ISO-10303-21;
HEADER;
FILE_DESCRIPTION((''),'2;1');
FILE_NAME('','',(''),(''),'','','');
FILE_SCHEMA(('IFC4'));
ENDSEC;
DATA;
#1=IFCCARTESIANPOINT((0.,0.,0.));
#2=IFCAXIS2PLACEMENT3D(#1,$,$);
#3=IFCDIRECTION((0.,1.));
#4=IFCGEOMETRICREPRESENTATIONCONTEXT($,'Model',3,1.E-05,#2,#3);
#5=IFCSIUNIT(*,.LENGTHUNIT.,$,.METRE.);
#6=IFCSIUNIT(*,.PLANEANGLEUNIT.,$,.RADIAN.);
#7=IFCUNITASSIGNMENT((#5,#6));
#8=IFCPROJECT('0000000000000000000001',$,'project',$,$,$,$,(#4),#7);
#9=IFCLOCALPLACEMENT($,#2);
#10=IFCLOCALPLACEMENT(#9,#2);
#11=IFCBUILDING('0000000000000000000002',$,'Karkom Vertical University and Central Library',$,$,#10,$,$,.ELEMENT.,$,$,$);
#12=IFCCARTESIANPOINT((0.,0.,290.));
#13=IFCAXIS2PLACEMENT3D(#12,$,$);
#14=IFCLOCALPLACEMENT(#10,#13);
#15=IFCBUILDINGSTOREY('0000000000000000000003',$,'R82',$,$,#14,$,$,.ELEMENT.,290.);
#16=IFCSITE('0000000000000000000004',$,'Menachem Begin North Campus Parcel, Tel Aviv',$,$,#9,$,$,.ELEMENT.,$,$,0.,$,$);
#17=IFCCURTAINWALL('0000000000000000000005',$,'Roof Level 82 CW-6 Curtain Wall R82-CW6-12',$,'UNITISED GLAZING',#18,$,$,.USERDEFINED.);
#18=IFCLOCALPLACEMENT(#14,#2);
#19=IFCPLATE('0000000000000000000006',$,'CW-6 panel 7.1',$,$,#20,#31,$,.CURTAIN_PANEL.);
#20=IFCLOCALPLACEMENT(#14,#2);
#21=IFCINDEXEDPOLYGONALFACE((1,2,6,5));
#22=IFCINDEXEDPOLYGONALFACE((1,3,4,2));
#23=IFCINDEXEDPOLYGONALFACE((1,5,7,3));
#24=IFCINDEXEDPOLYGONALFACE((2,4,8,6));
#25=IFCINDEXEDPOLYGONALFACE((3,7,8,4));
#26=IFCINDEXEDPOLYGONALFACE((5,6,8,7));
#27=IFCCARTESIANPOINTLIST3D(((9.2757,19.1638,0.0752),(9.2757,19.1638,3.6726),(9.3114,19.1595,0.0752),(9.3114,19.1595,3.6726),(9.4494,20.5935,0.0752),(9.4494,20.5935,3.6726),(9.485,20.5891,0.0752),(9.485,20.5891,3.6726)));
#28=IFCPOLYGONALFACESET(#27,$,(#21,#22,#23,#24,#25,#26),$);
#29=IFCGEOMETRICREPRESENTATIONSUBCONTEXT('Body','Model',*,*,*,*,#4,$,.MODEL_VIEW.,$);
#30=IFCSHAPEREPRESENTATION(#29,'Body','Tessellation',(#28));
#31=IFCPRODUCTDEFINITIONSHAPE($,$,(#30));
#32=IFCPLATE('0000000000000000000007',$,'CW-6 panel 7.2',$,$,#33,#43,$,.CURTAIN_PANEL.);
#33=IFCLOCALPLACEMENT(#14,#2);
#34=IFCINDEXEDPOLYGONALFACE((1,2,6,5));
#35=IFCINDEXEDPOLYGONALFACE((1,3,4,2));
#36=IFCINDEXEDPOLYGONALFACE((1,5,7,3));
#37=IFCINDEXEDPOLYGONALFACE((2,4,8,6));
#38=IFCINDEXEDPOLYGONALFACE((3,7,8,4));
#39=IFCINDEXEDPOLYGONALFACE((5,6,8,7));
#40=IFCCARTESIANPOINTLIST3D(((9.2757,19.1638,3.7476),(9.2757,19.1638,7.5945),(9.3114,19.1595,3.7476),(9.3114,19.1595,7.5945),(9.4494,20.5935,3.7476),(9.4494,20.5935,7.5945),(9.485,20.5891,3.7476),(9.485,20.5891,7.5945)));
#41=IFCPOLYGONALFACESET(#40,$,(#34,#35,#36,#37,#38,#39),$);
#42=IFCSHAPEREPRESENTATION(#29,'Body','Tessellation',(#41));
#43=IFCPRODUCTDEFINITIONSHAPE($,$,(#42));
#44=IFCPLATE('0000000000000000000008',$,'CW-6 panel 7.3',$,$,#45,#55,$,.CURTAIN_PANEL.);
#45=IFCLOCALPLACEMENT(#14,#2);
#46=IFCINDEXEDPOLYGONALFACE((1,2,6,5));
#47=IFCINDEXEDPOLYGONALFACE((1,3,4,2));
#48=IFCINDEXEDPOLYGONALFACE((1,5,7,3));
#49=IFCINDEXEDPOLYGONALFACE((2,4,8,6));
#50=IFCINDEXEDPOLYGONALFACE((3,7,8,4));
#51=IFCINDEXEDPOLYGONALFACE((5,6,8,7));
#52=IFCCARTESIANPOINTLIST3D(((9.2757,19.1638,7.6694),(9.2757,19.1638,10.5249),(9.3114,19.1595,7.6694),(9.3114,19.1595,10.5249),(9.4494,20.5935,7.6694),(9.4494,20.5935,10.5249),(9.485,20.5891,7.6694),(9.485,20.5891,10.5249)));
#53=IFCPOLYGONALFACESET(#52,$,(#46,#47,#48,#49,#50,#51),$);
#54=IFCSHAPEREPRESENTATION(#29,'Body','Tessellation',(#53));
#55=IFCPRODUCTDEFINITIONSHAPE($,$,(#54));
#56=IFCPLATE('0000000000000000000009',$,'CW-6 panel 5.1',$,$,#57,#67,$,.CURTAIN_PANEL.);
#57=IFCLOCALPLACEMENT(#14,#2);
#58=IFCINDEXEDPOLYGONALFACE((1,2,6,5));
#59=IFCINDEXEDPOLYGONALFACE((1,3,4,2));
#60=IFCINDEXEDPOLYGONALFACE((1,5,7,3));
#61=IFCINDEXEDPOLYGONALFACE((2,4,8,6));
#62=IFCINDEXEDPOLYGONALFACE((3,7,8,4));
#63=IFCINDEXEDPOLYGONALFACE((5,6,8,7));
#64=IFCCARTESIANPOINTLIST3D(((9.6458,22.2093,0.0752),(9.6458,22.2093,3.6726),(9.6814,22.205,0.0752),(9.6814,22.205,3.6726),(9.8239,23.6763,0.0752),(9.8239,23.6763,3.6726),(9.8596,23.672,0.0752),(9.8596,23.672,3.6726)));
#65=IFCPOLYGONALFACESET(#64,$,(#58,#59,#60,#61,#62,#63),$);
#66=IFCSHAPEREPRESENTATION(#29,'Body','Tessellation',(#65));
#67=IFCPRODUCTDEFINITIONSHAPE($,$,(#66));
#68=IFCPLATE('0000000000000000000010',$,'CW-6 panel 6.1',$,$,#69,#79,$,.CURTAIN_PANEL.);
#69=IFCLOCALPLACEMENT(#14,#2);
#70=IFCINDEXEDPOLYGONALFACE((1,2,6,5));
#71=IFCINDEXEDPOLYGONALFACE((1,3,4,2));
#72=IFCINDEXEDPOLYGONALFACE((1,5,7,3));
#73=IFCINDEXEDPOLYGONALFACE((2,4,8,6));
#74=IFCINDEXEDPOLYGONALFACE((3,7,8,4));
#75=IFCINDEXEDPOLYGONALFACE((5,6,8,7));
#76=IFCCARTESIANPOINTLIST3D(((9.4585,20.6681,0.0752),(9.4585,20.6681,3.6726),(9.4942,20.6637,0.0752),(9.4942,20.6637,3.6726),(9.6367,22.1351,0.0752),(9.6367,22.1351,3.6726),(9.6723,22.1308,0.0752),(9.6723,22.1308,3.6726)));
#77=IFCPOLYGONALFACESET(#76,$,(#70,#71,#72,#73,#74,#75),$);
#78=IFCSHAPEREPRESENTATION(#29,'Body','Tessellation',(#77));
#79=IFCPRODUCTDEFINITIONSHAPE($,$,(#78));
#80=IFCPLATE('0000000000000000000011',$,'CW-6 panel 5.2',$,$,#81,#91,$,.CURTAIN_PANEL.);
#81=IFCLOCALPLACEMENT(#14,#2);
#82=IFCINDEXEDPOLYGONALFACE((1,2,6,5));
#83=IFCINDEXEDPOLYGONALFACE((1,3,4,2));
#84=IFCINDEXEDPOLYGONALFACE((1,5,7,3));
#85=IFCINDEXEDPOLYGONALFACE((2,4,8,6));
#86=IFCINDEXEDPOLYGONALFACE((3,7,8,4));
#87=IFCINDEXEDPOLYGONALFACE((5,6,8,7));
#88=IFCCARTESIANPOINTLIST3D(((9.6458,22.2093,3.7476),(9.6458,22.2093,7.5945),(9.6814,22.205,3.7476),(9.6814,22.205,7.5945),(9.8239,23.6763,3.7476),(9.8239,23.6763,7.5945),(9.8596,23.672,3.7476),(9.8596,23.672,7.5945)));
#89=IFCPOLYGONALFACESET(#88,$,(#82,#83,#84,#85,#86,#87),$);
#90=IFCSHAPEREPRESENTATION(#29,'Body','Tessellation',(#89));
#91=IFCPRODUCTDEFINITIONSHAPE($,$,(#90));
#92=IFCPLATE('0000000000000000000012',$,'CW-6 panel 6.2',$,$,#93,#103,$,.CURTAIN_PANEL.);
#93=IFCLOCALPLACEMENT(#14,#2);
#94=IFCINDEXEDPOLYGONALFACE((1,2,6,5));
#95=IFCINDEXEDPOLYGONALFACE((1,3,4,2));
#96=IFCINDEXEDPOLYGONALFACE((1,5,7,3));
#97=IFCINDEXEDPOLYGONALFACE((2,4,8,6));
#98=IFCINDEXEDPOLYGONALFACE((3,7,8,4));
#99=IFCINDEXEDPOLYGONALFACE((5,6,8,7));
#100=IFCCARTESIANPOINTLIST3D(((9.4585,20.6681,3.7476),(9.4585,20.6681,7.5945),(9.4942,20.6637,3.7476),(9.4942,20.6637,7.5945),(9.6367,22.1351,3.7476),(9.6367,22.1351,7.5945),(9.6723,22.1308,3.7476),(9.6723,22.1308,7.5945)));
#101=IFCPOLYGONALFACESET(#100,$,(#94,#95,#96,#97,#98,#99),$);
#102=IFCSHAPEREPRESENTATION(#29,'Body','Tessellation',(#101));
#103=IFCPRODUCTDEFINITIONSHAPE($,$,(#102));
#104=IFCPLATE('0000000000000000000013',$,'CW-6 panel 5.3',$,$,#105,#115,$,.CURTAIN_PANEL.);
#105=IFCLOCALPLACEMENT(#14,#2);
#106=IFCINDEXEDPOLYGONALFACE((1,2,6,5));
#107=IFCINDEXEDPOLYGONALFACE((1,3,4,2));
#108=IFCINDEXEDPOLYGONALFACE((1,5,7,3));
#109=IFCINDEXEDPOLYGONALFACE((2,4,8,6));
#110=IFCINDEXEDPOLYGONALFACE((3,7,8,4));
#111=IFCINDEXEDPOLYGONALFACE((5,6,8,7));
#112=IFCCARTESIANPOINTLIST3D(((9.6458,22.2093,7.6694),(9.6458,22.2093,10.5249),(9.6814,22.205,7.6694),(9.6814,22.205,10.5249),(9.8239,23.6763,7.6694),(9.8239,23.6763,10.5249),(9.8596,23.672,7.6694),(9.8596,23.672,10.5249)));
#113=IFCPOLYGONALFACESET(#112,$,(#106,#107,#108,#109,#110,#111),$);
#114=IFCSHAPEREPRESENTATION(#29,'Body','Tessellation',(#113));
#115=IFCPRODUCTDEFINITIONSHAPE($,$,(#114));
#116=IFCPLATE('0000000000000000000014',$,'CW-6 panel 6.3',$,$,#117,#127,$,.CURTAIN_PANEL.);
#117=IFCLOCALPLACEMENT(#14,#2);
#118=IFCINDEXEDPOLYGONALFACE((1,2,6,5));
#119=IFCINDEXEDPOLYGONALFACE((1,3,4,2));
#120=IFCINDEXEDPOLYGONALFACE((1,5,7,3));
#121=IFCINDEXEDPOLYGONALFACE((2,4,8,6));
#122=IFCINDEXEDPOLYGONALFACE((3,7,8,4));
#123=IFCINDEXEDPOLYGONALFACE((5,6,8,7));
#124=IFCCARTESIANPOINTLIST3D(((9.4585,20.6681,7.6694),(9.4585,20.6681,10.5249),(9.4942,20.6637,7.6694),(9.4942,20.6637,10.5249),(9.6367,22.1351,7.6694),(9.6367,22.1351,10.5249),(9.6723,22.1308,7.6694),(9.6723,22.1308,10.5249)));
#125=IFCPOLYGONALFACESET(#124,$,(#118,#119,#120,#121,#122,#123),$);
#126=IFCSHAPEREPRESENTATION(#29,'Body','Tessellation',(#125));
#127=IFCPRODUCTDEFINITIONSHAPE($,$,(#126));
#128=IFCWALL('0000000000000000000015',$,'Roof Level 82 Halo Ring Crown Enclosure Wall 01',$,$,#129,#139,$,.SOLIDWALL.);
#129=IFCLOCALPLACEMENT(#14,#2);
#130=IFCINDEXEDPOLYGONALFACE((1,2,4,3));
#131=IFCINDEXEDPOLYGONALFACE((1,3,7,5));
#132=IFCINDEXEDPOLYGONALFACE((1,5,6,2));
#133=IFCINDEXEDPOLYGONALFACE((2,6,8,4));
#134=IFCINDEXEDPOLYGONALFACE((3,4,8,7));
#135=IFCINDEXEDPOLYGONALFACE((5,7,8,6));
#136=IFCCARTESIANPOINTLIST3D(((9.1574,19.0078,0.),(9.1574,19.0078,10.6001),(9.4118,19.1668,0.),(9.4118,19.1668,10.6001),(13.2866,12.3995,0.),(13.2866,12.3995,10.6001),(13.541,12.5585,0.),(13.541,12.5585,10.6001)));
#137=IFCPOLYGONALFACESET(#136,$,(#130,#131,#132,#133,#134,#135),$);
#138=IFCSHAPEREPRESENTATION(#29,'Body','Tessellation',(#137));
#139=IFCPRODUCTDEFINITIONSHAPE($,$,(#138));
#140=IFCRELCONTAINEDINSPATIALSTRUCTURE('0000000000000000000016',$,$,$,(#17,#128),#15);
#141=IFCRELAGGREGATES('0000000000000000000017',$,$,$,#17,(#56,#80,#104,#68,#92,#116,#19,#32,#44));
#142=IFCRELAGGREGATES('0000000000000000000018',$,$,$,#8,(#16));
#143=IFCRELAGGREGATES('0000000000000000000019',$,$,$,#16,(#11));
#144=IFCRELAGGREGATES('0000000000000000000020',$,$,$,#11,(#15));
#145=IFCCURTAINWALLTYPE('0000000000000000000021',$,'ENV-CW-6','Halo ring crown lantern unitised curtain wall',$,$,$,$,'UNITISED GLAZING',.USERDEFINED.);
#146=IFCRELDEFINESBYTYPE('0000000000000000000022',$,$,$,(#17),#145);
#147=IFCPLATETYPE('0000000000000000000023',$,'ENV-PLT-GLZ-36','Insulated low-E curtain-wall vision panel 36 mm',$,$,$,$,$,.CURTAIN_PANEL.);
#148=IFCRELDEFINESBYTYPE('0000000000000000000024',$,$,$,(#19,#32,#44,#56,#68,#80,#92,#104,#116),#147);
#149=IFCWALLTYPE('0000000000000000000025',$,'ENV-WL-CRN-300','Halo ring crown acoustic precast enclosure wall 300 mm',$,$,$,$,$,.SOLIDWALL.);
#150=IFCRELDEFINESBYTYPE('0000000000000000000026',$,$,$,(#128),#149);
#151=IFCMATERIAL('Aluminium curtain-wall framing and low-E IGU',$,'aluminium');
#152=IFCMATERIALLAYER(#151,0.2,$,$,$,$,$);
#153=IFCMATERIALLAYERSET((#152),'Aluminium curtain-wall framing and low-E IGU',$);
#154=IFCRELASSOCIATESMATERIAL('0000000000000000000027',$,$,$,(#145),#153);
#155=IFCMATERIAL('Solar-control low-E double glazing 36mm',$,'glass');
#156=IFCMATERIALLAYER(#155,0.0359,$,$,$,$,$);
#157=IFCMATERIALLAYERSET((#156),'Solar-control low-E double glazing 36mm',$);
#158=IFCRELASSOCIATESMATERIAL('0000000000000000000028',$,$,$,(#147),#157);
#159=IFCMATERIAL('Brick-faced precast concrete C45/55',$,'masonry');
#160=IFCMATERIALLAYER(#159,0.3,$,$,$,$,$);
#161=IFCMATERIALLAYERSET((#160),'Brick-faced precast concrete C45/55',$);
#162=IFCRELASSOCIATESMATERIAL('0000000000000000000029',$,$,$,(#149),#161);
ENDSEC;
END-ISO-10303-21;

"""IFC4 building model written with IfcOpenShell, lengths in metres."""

from ifc_helpers import new_model, si_unit, direction, frame, frame_2d, origin, origin_with_axes, origin_2d, place, context, subcontext, project, spatial, rectangle, extrude, source, transform, mapped, material, layer, layer_set, type_object, element, aggregate, save


model = new_model("IFC4")

# Units and contexts
model_context = context("Model", 3, precision=1e-05, world=origin(), true_north=direction((0.0, 1.0)))
body_context = subcontext(model_context, "Body", "Model", "MODEL_VIEW")
ifc_project = project(units=[si_unit("LENGTHUNIT", "METRE"), si_unit("PLANEANGLEUNIT", "RADIAN")], contexts=[model_context])

# Site, building, storey
site_placement = place(None, origin())
site = spatial("IfcSite", under=ifc_project, at=site_placement, Name="Menachem Begin North Campus Parcel, Tel Aviv", CompositionType="ELEMENT", RefElevation=0.0)
building_placement = place(site_placement, origin())
building = spatial("IfcBuilding", under=site, at=building_placement, Name="Karkom Vertical University and Central Library", CompositionType="ELEMENT")
storey_placement = place(building_placement, frame((0.0, 0.0, 290.0)))
storey = spatial("IfcBuildingStorey", under=building, at=storey_placement, Name="R82", CompositionType="ELEMENT", Elevation=290.0)

# Curtain wall, plates
ifc_material_1 = material(Name="Aluminium curtain-wall framing and low-E IGU", Category="aluminium")
ifc_layer_1 = layer(ifc_material_1, 0.2)
ifc_layer_set_1 = layer_set([ifc_layer_1], Name="Aluminium curtain-wall framing and low-E IGU")
curtain_wall_type = type_object("IfcCurtainWallType", Name="ENV-CW-6", Description="Halo ring crown lantern unitised curtain wall", ElementType="UNITISED GLAZING", PredefinedType="USERDEFINED", material=ifc_layer_set_1)
curtain_wall_placement = place(storey_placement, origin())
curtain_wall = element("IfcCurtainWall", 1, at=curtain_wall_placement, inside=storey, type_object=curtain_wall_type, Name="Roof Level 82 CW-6 Curtain Wall R82-CW6-12", ObjectType="UNITISED GLAZING", PredefinedType="USERDEFINED")
ifc_material_2 = material(Name="Solar-control low-E double glazing 36mm", Category="glass")
ifc_layer_2 = layer(ifc_material_2, 0.0359)
ifc_layer_set_2 = layer_set([ifc_layer_2], Name="Solar-control low-E double glazing 36mm")
plate_type = type_object("IfcPlateType", Name="ENV-PLT-GLZ-36", Description="Insulated low-E curtain-wall vision panel 36 mm", PredefinedType="CURTAIN_PANEL", material=ifc_layer_set_2)
shared_shape_1 = source(origin_with_axes(), body_context, "Body", "SweptSolid", [
    extrude(rectangle(XDim=1.4402, YDim=0.0359, at=origin_2d()), origin(), (0.0, 0.0, 1.0), 3.5974),
])
plate_1_placement = place(storey_placement, frame((9.3804, 19.8765, 0.0752), z_axis=(0.0, 0.0, 1.0), x_axis=(-0.120553, -0.992707, 0.0)))
plate_1 = element("IfcPlate", 2, at=plate_1_placement, type_object=plate_type, Name="CW-6 panel 7.1", PredefinedType="CURTAIN_PANEL", context=body_context, shape_type="MappedRepresentation", body=[
    mapped(shared_shape_1, transform((0.0, 0.0, 0.0), scale=1.0)),
])
shared_shape_2 = source(origin_with_axes(), body_context, "Body", "SweptSolid", [
    extrude(rectangle(XDim=1.4402, YDim=0.0359, at=origin_2d()), origin(), (0.0, 0.0, 1.0), 3.8469),
])
plate_2_placement = place(storey_placement, frame((9.3804, 19.8765, 3.7476), z_axis=(0.0, 0.0, 1.0), x_axis=(-0.120553, -0.992707, 0.0)))
plate_2 = element("IfcPlate", 3, at=plate_2_placement, type_object=plate_type, Name="CW-6 panel 7.2", PredefinedType="CURTAIN_PANEL", context=body_context, shape_type="MappedRepresentation", body=[
    mapped(shared_shape_2, transform((0.0, 0.0, 0.0), scale=1.0)),
])
shared_shape_3 = source(origin_with_axes(), body_context, "Body", "SweptSolid", [
    extrude(rectangle(XDim=1.4402, YDim=0.0359, at=origin_2d()), origin(), (0.0, 0.0, 1.0), 2.8555),
])
plate_3_placement = place(storey_placement, frame((9.3804, 19.8765, 7.6694), z_axis=(0.0, 0.0, 1.0), x_axis=(-0.120553, -0.992707, 0.0)))
plate_3 = element("IfcPlate", 4, at=plate_3_placement, type_object=plate_type, Name="CW-6 panel 7.3", PredefinedType="CURTAIN_PANEL", context=body_context, shape_type="MappedRepresentation", body=[
    mapped(shared_shape_3, transform((0.0, 0.0, 0.0), scale=1.0)),
])
shared_shape_4 = source(origin_with_axes(), body_context, "Body", "SweptSolid", [
    extrude(rectangle(XDim=1.4778, YDim=0.0359, at=origin_2d()), origin(), (0.0, 0.0, 1.0), 3.5974),
])
plate_4_placement = place(storey_placement, frame((9.7527, 22.9407, 0.0752), z_axis=(0.0, 0.0, 1.0), x_axis=(-0.120553, -0.992707, 0.0)))
plate_4 = element("IfcPlate", 5, at=plate_4_placement, type_object=plate_type, Name="CW-6 panel 5.1", PredefinedType="CURTAIN_PANEL", context=body_context, shape_type="MappedRepresentation", body=[
    mapped(shared_shape_4, transform((0.0, 0.0, 0.0), scale=1.0)),
])
plate_5_placement = place(storey_placement, frame((9.5654, 21.3994, 0.0752), z_axis=(0.0, 0.0, 1.0), x_axis=(-0.120553, -0.992707, 0.0)))
plate_5 = element("IfcPlate", 6, at=plate_5_placement, type_object=plate_type, Name="CW-6 panel 6.1", PredefinedType="CURTAIN_PANEL", context=body_context, shape_type="MappedRepresentation", body=[
    mapped(shared_shape_4, transform((0.0, 0.0, 0.0), scale=1.0)),
])
shared_shape_5 = source(origin_with_axes(), body_context, "Body", "SweptSolid", [
    extrude(rectangle(XDim=1.4778, YDim=0.0359, at=origin_2d()), origin(), (0.0, 0.0, 1.0), 3.8469),
])
plate_6_placement = place(storey_placement, frame((9.7527, 22.9407, 3.7476), z_axis=(0.0, 0.0, 1.0), x_axis=(-0.120553, -0.992707, 0.0)))
plate_6 = element("IfcPlate", 7, at=plate_6_placement, type_object=plate_type, Name="CW-6 panel 5.2", PredefinedType="CURTAIN_PANEL", context=body_context, shape_type="MappedRepresentation", body=[
    mapped(shared_shape_5, transform((0.0, 0.0, 0.0), scale=1.0)),
])
plate_7_placement = place(storey_placement, frame((9.5654, 21.3994, 3.7476), z_axis=(0.0, 0.0, 1.0), x_axis=(-0.120553, -0.992707, 0.0)))
plate_7 = element("IfcPlate", 8, at=plate_7_placement, type_object=plate_type, Name="CW-6 panel 6.2", PredefinedType="CURTAIN_PANEL", context=body_context, shape_type="MappedRepresentation", body=[
    mapped(shared_shape_5, transform((0.0, 0.0, 0.0), scale=1.0)),
])
shared_shape_6 = source(origin_with_axes(), body_context, "Body", "SweptSolid", [
    extrude(rectangle(XDim=1.4778, YDim=0.0359, at=origin_2d()), origin(), (0.0, 0.0, 1.0), 2.8555),
])
plate_8_placement = place(storey_placement, frame((9.7527, 22.9407, 7.6694), z_axis=(0.0, 0.0, 1.0), x_axis=(-0.120553, -0.992707, 0.0)))
plate_8 = element("IfcPlate", 9, at=plate_8_placement, type_object=plate_type, Name="CW-6 panel 5.3", PredefinedType="CURTAIN_PANEL", context=body_context, shape_type="MappedRepresentation", body=[
    mapped(shared_shape_6, transform((0.0, 0.0, 0.0), scale=1.0)),
])
plate_9_placement = place(storey_placement, frame((9.5654, 21.3994, 7.6694), z_axis=(0.0, 0.0, 1.0), x_axis=(-0.120553, -0.992707, 0.0)))
plate_9 = element("IfcPlate", 10, at=plate_9_placement, type_object=plate_type, Name="CW-6 panel 6.3", PredefinedType="CURTAIN_PANEL", context=body_context, shape_type="MappedRepresentation", body=[
    mapped(shared_shape_6, transform((0.0, 0.0, 0.0), scale=1.0)),
])
aggregate(curtain_wall, [plate_4, plate_6, plate_8, plate_5, plate_7, plate_9, plate_1, plate_2, plate_3])

# Wall
ifc_material_3 = material(Name="Brick-faced precast concrete C45/55", Category="masonry")
ifc_layer_3 = layer(ifc_material_3, 0.3)
ifc_layer_set_3 = layer_set([ifc_layer_3], Name="Brick-faced precast concrete C45/55")
wall_type = type_object("IfcWallType", Name="ENV-WL-CRN-300", Description="Halo ring crown acoustic precast enclosure wall 300 mm", PredefinedType="SOLIDWALL", material=ifc_layer_set_3)
wall_placement = place(storey_placement, frame((9.2847, 19.0872, 0.0), z_axis=(0.0, 0.0, 1.0), x_axis=(0.529912, -0.848053, 0.0)))
element("IfcWall", 11, at=wall_placement, inside=storey, type_object=wall_type, Name="Roof Level 82 Halo Ring Crown Enclosure Wall 01", PredefinedType="SOLIDWALL", context=body_context, shape_type="SweptSolid", body=[
    extrude(rectangle(XDim=7.7922, YDim=0.3, at=frame_2d((3.896, 0.0))), origin(), (0.0, 0.0, 1.0), 10.6001),
])

save(model, "model.ifc")
